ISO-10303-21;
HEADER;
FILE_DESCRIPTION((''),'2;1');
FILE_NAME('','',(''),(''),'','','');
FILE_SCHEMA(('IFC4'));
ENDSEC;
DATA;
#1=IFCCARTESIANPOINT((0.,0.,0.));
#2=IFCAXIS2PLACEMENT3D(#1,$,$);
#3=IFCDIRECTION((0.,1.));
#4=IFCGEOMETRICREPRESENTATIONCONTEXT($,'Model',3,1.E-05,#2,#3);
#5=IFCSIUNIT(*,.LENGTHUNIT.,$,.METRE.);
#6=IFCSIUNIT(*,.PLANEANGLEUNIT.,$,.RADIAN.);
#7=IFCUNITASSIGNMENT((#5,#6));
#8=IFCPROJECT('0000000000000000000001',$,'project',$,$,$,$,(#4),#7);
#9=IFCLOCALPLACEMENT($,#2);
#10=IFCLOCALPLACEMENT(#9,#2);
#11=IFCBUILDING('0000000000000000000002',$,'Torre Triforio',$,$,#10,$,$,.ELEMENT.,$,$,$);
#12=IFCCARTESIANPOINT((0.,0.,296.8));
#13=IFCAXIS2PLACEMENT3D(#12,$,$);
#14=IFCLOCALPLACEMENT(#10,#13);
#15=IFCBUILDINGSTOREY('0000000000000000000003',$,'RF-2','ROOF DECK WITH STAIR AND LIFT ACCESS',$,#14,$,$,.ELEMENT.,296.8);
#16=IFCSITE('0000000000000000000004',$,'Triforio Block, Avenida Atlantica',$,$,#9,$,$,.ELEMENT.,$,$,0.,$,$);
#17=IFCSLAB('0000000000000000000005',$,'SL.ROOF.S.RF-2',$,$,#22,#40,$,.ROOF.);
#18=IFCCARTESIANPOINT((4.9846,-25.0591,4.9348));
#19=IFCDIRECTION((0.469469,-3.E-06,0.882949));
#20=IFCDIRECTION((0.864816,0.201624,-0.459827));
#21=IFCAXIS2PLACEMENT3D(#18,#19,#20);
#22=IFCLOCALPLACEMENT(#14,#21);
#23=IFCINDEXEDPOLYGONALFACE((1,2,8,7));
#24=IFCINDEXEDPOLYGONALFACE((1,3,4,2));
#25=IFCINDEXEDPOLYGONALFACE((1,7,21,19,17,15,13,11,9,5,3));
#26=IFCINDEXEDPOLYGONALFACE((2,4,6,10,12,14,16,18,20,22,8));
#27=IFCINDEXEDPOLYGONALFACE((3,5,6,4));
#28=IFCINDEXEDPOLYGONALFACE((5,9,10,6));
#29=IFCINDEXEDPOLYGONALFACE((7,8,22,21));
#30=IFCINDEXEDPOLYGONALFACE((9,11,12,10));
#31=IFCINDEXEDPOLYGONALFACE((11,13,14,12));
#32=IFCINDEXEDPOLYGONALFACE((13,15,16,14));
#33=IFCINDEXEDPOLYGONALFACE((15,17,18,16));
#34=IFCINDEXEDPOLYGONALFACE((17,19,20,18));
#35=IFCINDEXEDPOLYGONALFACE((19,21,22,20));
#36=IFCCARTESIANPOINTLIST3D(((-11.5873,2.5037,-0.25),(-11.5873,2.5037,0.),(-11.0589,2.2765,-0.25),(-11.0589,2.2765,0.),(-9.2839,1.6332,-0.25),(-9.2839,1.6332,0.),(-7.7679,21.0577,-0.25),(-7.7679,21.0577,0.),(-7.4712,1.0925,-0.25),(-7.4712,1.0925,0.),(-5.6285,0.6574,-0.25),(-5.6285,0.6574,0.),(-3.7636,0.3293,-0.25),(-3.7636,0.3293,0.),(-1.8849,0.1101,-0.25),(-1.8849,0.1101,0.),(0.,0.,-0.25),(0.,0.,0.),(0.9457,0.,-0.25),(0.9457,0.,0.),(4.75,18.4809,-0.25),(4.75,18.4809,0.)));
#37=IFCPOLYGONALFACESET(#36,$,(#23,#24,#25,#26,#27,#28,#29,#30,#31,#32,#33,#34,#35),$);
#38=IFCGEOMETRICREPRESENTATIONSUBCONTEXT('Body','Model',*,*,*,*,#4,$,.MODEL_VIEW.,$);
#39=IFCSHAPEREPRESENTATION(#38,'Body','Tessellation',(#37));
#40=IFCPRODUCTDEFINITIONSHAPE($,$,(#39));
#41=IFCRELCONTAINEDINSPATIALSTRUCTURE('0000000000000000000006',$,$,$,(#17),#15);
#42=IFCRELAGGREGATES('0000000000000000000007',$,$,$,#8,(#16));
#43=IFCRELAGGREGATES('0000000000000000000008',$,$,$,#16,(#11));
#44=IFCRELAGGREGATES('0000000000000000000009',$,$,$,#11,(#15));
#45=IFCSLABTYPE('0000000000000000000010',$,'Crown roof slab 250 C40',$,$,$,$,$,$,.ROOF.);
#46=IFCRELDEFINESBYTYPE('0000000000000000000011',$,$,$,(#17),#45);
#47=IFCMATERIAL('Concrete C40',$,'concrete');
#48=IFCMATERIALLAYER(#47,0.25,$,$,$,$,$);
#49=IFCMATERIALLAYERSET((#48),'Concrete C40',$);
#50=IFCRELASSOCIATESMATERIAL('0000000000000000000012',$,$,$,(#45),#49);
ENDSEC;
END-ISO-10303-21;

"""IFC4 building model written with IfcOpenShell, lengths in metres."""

from ifc_helpers import new_model, si_unit, direction, frame, origin, place, context, subcontext, project, spatial, polyline, outline, extrude, material, layer, layer_set, type_object, element, save


model = new_model("IFC4")

# Units and contexts
model_context = context("Model", 3, precision=1e-05, world=origin(), true_north=direction((0.0, 1.0)))
body_context = subcontext(model_context, "Body", "Model", "MODEL_VIEW")
ifc_project = project(units=[si_unit("LENGTHUNIT", "METRE"), si_unit("PLANEANGLEUNIT", "RADIAN")], contexts=[model_context])

# Site, building, storey
site_placement = place(None, origin())
site = spatial("IfcSite", under=ifc_project, at=site_placement, Name="Triforio Block, Avenida Atlantica", CompositionType="ELEMENT", RefElevation=0.0)
building_placement = place(site_placement, origin())
building = spatial("IfcBuilding", under=site, at=building_placement, Name="Torre Triforio", CompositionType="ELEMENT")
storey_placement = place(building_placement, frame((0.0, 0.0, 296.8)))
storey = spatial("IfcBuildingStorey", under=building, at=storey_placement, Name="RF-2", Description="ROOF DECK WITH STAIR AND LIFT ACCESS", CompositionType="ELEMENT", Elevation=296.8)

# Shared definitions
ifc_material_1 = material(Name="Concrete C40", Category="concrete")

# Slab
ifc_layer_1 = layer(ifc_material_1, 0.25)
ifc_layer_set_1 = layer_set([ifc_layer_1], Name="Concrete C40")
slab_type = type_object("IfcSlabType", Name="Crown roof slab 250 C40", PredefinedType="ROOF", material=ifc_layer_set_1)
slab_placement = place(storey_placement, frame((4.9846, -25.0591, 4.9348), z_axis=(0.469469, -0.000003, 0.882949), x_axis=(0.864816, 0.201624, -0.459827)))
element("IfcSlab", 1, at=slab_placement, inside=storey, type_object=slab_type, Name="SL.ROOF.S.RF-2", PredefinedType="ROOF", context=body_context, shape_type="SweptSolid", body=[
    extrude(outline(polyline([(0.0, 0.0), (0.9457, 0.0), (4.75, 18.4809), (-7.7679, 21.0577), (-11.5873, 2.5037), (-11.0589, 2.2765), (-9.2839, 1.6332), (-7.4712, 1.0925), (-5.6285, 0.6574), (-3.7636, 0.3293), (-1.8849, 0.1101), (0.0, 0.0)])), origin(), (0.0, 0.0, -1.0), 0.25),
])

save(model, "model.ifc")
